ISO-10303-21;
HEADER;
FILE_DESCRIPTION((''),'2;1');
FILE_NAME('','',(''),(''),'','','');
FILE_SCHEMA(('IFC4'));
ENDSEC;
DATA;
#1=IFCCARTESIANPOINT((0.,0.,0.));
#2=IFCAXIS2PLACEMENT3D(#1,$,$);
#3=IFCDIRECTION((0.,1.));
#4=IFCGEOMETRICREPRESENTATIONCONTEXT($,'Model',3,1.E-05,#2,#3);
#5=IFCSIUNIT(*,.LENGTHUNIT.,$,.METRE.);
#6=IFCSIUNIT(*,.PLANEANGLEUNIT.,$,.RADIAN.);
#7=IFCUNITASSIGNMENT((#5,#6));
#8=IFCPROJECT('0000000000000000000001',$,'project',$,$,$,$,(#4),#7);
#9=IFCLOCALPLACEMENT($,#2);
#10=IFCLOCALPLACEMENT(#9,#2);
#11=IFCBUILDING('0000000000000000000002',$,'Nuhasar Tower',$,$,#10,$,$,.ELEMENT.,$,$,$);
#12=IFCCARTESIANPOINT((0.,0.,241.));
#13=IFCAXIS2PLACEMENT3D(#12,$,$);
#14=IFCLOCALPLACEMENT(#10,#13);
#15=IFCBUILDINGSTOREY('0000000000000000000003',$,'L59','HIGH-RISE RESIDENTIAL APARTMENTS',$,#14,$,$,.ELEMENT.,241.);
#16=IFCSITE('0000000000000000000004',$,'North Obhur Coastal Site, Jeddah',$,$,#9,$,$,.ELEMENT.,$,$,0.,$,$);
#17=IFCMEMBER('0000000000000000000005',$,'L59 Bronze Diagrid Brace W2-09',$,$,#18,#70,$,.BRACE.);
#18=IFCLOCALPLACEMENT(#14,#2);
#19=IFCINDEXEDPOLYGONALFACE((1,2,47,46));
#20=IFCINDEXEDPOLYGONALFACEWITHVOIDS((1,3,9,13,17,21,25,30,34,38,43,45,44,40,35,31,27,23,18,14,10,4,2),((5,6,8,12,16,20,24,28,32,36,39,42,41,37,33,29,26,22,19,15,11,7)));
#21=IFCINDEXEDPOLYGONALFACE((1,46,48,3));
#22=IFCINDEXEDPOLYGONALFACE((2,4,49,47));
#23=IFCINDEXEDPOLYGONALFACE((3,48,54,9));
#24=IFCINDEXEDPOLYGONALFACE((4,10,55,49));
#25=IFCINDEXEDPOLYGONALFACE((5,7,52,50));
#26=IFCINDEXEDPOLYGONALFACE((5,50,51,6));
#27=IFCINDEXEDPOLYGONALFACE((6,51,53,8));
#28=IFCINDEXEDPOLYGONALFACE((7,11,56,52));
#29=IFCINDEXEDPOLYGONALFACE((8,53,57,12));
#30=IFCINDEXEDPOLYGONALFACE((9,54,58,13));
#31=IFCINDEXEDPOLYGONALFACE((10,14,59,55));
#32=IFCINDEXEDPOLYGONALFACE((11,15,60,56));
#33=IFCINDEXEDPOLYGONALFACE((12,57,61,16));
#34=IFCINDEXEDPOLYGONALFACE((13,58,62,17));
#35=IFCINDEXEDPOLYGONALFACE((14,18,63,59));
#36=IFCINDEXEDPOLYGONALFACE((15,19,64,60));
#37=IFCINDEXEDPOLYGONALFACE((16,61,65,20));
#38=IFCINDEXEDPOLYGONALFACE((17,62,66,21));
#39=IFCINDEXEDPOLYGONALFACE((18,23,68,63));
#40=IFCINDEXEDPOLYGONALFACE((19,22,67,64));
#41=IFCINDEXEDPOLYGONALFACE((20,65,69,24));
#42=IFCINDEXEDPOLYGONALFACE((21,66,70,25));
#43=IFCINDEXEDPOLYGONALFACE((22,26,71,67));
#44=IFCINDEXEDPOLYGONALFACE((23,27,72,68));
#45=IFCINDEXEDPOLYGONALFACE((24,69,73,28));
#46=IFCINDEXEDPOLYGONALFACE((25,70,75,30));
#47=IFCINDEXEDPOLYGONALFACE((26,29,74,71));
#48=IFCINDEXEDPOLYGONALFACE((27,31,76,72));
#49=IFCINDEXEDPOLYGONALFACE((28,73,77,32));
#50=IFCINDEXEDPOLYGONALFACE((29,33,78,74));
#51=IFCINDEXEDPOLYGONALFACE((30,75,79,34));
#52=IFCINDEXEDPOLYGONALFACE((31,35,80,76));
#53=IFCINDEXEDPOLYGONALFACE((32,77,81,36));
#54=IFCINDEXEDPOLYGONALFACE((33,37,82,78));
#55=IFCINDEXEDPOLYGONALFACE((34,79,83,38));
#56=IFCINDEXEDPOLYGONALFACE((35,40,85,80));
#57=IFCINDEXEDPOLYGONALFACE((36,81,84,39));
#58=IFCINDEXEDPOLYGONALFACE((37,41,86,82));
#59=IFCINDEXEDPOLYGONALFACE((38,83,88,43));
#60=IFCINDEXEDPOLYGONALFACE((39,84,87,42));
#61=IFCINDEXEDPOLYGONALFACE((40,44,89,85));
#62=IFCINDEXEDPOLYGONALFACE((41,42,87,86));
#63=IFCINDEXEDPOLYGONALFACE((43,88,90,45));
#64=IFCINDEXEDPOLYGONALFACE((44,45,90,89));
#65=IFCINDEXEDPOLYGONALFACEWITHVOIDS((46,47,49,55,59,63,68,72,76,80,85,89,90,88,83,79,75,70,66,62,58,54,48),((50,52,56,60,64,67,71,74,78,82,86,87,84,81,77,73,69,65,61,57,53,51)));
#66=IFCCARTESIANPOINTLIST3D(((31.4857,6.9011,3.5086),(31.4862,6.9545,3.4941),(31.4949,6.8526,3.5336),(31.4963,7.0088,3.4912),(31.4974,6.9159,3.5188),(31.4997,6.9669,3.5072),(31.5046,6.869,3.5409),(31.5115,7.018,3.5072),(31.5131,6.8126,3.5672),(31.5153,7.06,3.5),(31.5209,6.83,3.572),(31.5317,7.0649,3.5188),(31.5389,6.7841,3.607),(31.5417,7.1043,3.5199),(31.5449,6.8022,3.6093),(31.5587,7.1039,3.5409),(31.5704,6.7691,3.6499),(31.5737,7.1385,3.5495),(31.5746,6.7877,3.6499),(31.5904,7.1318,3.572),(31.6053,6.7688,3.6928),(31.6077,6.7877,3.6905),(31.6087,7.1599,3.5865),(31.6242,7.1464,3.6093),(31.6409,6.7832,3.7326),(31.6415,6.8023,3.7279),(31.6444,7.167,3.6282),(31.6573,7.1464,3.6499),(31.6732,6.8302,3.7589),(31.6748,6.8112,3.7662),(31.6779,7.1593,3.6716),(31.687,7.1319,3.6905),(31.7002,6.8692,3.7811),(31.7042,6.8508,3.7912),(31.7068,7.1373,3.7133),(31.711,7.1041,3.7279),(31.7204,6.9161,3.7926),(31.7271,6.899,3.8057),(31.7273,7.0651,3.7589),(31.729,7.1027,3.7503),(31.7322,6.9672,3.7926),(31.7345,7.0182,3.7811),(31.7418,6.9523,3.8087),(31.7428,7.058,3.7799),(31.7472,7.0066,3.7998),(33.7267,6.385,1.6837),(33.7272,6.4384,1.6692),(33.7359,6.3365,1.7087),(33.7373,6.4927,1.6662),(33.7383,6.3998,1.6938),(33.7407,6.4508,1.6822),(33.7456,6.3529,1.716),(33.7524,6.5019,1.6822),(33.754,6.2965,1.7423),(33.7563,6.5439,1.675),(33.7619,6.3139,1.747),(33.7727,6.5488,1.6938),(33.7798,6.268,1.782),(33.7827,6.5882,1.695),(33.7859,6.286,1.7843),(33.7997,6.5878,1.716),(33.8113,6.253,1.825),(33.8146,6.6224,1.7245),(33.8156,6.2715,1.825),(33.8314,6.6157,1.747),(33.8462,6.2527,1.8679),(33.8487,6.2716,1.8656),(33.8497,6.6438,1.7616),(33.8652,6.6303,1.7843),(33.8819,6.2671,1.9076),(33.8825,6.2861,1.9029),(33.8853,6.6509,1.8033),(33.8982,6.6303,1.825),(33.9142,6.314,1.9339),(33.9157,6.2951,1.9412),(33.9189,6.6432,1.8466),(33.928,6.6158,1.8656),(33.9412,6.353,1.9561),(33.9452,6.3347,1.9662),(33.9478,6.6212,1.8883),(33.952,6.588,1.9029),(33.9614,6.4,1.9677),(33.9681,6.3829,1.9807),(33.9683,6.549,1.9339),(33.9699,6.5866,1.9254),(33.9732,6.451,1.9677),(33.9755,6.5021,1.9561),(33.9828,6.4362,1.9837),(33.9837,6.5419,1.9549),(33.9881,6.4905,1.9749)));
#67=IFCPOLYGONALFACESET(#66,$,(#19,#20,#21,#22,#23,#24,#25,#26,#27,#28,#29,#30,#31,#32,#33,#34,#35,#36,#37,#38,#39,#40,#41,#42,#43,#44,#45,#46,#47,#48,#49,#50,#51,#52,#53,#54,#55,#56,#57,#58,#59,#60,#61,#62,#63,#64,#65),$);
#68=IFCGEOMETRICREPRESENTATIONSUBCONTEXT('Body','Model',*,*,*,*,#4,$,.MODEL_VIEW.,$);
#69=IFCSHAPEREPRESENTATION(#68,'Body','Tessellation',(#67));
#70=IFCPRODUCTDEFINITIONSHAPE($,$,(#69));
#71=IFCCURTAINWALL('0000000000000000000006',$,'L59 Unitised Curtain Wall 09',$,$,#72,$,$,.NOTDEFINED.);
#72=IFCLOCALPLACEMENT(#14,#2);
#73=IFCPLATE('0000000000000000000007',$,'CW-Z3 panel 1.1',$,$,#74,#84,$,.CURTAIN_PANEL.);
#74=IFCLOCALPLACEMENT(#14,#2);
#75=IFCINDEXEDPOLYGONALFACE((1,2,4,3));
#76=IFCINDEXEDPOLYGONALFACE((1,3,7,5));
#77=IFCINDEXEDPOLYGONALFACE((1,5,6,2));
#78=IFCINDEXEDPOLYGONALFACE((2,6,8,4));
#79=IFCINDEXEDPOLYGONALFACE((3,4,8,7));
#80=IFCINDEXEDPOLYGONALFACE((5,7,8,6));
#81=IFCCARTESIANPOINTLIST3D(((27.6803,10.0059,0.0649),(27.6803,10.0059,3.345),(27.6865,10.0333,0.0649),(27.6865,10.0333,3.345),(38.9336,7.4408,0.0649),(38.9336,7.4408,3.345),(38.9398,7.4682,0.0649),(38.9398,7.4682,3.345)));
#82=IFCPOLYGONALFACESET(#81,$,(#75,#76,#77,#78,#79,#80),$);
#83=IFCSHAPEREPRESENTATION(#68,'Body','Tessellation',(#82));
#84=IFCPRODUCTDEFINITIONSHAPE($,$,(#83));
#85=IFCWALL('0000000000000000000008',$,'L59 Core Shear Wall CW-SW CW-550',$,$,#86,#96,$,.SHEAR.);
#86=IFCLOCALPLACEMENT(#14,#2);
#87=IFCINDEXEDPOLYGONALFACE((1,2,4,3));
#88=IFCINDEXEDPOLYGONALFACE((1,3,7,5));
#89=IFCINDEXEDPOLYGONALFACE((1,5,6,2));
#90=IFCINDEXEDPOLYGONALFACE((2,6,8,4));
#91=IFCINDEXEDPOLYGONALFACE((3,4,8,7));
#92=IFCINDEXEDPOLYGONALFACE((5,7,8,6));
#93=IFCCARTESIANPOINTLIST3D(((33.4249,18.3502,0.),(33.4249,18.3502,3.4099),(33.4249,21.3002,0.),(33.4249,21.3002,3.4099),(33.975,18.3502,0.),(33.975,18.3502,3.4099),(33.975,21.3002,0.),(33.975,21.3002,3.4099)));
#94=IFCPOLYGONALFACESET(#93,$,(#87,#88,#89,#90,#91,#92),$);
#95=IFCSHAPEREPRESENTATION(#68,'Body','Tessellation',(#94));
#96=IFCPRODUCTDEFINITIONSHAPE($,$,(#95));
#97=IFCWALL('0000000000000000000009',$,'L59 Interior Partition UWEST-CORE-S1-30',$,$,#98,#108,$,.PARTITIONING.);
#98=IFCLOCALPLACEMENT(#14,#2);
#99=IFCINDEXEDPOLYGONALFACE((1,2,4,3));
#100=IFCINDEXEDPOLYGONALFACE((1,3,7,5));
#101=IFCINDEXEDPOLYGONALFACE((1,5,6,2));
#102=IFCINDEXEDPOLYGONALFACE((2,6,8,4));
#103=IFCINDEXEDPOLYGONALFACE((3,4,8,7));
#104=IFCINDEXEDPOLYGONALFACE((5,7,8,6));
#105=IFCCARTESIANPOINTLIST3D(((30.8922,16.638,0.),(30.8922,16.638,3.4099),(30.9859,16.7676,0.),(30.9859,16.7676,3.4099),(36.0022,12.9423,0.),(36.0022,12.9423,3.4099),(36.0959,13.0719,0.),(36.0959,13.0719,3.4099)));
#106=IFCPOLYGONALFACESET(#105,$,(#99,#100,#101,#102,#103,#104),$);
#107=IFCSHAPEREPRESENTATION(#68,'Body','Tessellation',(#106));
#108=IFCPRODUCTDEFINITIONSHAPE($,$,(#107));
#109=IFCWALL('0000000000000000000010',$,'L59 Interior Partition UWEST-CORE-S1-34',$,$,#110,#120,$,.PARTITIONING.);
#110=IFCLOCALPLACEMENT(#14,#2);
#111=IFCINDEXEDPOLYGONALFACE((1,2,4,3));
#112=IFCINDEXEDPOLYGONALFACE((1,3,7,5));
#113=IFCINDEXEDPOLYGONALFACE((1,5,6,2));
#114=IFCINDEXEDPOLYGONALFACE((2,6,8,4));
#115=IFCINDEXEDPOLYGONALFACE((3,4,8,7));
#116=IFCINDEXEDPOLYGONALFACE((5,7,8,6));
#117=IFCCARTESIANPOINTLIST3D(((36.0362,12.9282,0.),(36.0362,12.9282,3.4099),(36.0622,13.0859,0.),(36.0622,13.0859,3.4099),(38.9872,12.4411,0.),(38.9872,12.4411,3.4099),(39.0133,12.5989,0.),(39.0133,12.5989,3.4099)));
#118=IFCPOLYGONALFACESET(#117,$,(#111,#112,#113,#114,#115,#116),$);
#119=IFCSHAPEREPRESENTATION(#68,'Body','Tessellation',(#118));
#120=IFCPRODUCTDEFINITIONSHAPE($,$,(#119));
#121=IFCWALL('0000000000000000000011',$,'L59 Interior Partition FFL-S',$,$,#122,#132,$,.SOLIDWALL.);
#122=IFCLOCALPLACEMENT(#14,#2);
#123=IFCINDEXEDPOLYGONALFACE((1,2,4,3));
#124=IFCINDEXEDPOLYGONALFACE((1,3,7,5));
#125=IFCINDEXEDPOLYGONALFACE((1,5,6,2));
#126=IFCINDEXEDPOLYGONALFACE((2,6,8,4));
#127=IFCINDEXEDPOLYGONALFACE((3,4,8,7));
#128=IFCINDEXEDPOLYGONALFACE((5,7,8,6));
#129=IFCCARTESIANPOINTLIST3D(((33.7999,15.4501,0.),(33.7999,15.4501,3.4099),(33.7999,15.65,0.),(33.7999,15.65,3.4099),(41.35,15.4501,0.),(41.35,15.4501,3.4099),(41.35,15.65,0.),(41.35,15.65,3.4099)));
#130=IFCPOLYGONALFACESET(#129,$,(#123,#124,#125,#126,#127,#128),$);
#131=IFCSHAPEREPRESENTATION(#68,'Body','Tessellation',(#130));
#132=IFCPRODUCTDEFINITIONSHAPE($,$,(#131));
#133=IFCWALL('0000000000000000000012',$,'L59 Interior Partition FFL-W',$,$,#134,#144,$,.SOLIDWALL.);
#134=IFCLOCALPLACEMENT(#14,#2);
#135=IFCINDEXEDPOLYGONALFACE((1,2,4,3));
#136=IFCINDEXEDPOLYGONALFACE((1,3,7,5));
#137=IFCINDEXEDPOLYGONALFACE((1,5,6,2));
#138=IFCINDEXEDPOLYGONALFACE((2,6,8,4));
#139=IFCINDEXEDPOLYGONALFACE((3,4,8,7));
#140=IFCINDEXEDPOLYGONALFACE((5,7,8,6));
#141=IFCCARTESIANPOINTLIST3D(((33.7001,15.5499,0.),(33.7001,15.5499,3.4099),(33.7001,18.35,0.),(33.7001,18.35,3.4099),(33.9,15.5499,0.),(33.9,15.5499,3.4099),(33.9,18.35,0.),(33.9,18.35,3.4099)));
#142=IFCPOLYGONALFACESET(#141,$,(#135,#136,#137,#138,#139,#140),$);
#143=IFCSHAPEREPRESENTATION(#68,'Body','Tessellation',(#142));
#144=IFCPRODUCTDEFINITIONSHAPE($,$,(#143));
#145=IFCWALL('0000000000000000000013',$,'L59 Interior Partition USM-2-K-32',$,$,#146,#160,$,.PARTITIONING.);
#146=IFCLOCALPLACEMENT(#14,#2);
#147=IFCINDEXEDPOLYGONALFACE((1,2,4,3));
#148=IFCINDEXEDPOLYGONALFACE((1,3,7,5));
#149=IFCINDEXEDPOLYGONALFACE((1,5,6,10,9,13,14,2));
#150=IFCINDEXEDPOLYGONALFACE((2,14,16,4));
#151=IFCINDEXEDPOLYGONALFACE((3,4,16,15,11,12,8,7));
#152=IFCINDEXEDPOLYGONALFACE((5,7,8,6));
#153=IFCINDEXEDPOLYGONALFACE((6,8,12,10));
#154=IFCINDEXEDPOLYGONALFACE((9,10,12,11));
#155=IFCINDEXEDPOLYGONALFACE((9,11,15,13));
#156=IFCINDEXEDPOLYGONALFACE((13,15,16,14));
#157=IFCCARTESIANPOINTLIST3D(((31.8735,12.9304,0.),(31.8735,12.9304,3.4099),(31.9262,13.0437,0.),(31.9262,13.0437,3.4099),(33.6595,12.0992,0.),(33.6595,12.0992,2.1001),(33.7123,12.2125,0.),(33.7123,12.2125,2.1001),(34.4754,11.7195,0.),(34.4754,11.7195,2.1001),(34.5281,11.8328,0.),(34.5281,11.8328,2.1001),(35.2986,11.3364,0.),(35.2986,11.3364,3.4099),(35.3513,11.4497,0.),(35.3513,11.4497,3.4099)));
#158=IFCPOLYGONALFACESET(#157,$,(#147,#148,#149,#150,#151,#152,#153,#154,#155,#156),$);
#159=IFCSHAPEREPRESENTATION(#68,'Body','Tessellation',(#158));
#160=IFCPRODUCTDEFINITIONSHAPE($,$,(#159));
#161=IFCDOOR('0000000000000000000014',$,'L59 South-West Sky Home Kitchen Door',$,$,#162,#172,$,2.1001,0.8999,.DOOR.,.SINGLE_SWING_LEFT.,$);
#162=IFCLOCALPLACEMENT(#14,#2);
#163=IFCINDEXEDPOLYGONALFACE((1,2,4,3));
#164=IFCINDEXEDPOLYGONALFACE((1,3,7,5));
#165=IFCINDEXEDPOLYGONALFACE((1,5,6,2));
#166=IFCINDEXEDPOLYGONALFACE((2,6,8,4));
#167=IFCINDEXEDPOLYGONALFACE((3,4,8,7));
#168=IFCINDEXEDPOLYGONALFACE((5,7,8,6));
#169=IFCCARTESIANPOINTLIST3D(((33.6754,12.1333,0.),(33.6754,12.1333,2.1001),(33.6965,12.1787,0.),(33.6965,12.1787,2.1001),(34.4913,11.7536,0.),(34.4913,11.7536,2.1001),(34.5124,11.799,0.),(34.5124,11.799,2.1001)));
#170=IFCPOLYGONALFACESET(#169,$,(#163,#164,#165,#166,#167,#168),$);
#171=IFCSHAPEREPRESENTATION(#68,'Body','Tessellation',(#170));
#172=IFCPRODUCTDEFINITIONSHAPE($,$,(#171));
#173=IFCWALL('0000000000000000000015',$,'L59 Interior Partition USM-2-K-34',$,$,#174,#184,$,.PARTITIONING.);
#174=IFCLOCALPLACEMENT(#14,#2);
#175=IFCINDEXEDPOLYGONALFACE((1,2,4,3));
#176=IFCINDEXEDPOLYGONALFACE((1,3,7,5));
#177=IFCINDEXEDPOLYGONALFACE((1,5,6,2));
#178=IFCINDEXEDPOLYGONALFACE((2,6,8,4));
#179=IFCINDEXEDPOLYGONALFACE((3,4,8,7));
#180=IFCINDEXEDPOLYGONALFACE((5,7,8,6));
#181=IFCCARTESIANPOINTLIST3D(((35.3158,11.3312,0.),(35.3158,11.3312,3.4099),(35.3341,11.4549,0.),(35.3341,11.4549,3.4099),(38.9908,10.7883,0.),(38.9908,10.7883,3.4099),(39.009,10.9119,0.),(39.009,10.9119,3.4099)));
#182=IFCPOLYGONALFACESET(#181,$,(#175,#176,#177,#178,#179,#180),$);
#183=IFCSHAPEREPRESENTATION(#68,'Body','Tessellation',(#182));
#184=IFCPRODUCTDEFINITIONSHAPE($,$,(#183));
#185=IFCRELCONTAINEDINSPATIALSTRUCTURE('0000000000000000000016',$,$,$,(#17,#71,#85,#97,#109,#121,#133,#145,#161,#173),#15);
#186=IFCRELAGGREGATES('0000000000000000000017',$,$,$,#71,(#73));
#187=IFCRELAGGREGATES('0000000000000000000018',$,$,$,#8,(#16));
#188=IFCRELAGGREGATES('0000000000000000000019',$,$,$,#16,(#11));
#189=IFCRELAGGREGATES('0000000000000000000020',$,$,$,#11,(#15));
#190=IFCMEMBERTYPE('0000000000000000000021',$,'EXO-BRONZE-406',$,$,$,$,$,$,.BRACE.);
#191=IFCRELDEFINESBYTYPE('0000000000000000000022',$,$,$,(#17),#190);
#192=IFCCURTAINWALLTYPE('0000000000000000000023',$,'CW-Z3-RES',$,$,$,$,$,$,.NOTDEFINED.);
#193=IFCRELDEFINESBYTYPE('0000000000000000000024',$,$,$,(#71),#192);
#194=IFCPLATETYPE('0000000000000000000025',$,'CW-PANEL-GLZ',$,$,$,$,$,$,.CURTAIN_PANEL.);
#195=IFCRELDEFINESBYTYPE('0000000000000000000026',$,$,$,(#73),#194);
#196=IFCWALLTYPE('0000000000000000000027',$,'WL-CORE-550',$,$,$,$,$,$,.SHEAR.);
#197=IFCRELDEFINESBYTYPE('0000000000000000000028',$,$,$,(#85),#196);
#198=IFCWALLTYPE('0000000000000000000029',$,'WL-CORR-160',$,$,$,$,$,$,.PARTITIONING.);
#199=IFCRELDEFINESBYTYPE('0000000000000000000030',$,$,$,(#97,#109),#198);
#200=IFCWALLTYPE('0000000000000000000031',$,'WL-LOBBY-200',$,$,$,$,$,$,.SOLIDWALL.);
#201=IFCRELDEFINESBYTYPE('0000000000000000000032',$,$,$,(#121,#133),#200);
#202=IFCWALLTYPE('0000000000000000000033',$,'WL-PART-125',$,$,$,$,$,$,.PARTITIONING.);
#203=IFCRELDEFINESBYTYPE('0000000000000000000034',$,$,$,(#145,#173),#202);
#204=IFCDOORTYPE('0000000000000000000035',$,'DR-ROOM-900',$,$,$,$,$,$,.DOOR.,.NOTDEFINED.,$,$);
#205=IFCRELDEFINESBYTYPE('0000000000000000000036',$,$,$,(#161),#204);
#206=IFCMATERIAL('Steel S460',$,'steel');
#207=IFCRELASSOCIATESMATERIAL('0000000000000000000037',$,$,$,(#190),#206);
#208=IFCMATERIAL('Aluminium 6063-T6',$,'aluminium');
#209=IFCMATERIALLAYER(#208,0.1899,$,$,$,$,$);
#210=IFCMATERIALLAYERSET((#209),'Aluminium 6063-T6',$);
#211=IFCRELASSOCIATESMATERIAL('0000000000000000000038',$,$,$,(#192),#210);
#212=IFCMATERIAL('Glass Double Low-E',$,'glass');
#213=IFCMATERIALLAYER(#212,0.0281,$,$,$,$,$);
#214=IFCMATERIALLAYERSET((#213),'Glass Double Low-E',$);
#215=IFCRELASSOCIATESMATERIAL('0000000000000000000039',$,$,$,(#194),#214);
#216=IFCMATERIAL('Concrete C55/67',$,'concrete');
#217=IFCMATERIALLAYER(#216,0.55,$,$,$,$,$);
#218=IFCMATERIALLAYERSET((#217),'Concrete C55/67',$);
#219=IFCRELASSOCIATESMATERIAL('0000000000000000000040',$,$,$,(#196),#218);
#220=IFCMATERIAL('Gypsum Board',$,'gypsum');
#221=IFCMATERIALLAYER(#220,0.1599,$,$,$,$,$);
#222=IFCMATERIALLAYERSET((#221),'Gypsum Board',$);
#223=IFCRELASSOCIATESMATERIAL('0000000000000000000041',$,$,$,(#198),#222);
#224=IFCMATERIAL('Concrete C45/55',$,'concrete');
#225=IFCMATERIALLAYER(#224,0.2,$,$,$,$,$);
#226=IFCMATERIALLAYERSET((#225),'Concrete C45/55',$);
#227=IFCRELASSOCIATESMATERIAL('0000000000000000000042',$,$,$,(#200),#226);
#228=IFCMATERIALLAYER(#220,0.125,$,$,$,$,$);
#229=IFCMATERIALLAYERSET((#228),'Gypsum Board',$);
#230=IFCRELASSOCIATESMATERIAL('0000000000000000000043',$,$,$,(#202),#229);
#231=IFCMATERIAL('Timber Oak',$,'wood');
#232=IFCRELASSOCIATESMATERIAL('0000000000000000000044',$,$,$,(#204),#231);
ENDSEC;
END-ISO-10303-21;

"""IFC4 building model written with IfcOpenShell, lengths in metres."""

from ifc_helpers import new_model, si_unit, direction, frame, frame_2d, origin, origin_2d, place, context, subcontext, project, spatial, rectangle, hollow_circle, extrude, material, layer, layer_set, material_profile, profile_set, type_object, element, fill, aggregate, save


model = new_model("IFC4")

# Units and contexts
model_context = context("Model", 3, precision=1e-05, world=origin(), true_north=direction((0.0, 1.0)))
body_context = subcontext(model_context, "Body", "Model", "MODEL_VIEW")
ifc_project = project(units=[si_unit("LENGTHUNIT", "METRE"), si_unit("PLANEANGLEUNIT", "RADIAN")], contexts=[model_context])

# Site, building, storey
site_placement = place(None, origin())
site = spatial("IfcSite", under=ifc_project, at=site_placement, Name="North Obhur Coastal Site, Jeddah", CompositionType="ELEMENT", RefElevation=0.0)
building_placement = place(site_placement, origin())
building = spatial("IfcBuilding", under=site, at=building_placement, Name="Nuhasar Tower", CompositionType="ELEMENT")
storey_placement = place(building_placement, frame((0.0, 0.0, 241.0)))
storey = spatial("IfcBuildingStorey", under=building, at=storey_placement, Name="L59", Description="HIGH-RISE RESIDENTIAL APARTMENTS", CompositionType="ELEMENT", Elevation=241.0)

# Shared definitions
ifc_material_1 = material(Name="Concrete C55/67", Category="concrete")

# Member
ifc_material_2 = material(Name="Steel S460", Category="steel")
ifc_material_profile_1 = material_profile(ifc_material_2, hollow_circle(Radius=0.2031, WallThickness=0.019, at=origin_2d()), Name="HSS406.4X19.1")
ifc_profile_set_1 = profile_set([ifc_material_profile_1], Name="Steel S460")
member_type = type_object("IfcMemberType", Name="EXO-BRONZE-406", PredefinedType="BRACE", material=ifc_profile_set_1)
for number, where, z_axis, x_axis, name in (
    (1, (33.8569, 6.4509, 1.825), (-0.763332, 0.175802, 0.621626), (-0.224433, -0.97449, 0.0), "L59 Bronze Diagrid Brace W2-09"),
):
    element("IfcMember", number, at=place(storey_placement, frame(where, z_axis=z_axis, x_axis=x_axis)), inside=storey, type_object=member_type, Name=name, PredefinedType="BRACE", context=body_context, shape_type="SweptSolid", body=[
        extrude(hollow_circle(Radius=0.2031, WallThickness=0.019, at=origin_2d()), origin(), (0.0, 0.0, 1.0), 2.9358),
    ])

# Curtain wall, plate
ifc_material_3 = material(Name="Aluminium 6063-T6", Category="aluminium")
ifc_layer_1 = layer(ifc_material_3, 0.1899)
ifc_layer_set_1 = layer_set([ifc_layer_1], Name="Aluminium 6063-T6")
curtain_wall_type = type_object("IfcCurtainWallType", Name="CW-Z3-RES", PredefinedType="NOTDEFINED", material=ifc_layer_set_1)
curtain_wall_placement = place(storey_placement, origin())
curtain_wall = element("IfcCurtainWall", 2, at=curtain_wall_placement, inside=storey, type_object=curtain_wall_type, Name="L59 Unitised Curtain Wall 09", PredefinedType="NOTDEFINED")
ifc_material_4 = material(Name="Glass Double Low-E", Category="glass")
ifc_layer_2 = layer(ifc_material_4, 0.0281)
ifc_layer_set_2 = layer_set([ifc_layer_2], Name="Glass Double Low-E")
plate_type = type_object("IfcPlateType", Name="CW-PANEL-GLZ", PredefinedType="CURTAIN_PANEL", material=ifc_layer_set_2)
plate_placement = place(storey_placement, frame((33.3101, 8.7371, 0.0649), z_axis=(0.0, 0.0, 1.0), x_axis=(0.974991, -0.222243, 0.0)))
plate = element("IfcPlate", 3, at=plate_placement, type_object=plate_type, Name="CW-Z3 panel 1.1", PredefinedType="CURTAIN_PANEL", context=body_context, shape_type="SweptSolid", body=[
    extrude(rectangle(XDim=11.542, YDim=0.0281, at=origin_2d()), origin(), (0.0, 0.0, 1.0), 3.28),
])
aggregate(curtain_wall, [plate])

# Walls
ifc_layer_3 = layer(ifc_material_1, 0.55)
ifc_layer_set_3 = layer_set([ifc_layer_3], Name="Concrete C55/67")
wall_type_1 = type_object("IfcWallType", Name="WL-CORE-550", PredefinedType="SHEAR", material=ifc_layer_set_3)
wall_1_placement = place(storey_placement, frame((33.7, 18.3501, 0.0), z_axis=(0.0, 0.0, 1.0), x_axis=(0.0, 1.0, 0.0)))
element("IfcWall", 4, at=wall_1_placement, inside=storey, type_object=wall_type_1, Name="L59 Core Shear Wall CW-SW CW-550", PredefinedType="SHEAR", context=body_context, shape_type="SweptSolid", body=[
    extrude(rectangle(XDim=2.95, YDim=0.55, at=frame_2d((1.4751, 0.0))), origin(), (0.0, 0.0, 1.0), 3.4099),
])
ifc_material_5 = material(Name="Gypsum Board", Category="gypsum")
ifc_layer_4 = layer(ifc_material_5, 0.1599)
ifc_layer_set_4 = layer_set([ifc_layer_4], Name="Gypsum Board")
wall_type_2 = type_object("IfcWallType", Name="WL-CORR-160", PredefinedType="PARTITIONING", material=ifc_layer_set_4)
wall_2_placement = place(storey_placement, frame((30.939, 16.7029, 0.0), z_axis=(0.0, 0.0, 1.0), x_axis=(0.81029, -0.586029, 0.0)))
element("IfcWall", 5, at=wall_2_placement, inside=storey, type_object=wall_type_2, Name="L59 Interior Partition UWEST-CORE-S1-30", PredefinedType="PARTITIONING", context=body_context, shape_type="SweptSolid", body=[
    extrude(rectangle(XDim=6.3064, YDim=0.1599, at=frame_2d((3.1533, 0.0))), origin(), (0.0, 0.0, 1.0), 3.4099),
])
wall_3_placement = place(storey_placement, frame((36.0491, 13.0071, 0.0), z_axis=(0.0, 0.0, 1.0), x_axis=(0.986651, -0.16285, 0.0)))
element("IfcWall", 6, at=wall_3_placement, inside=storey, type_object=wall_type_2, Name="L59 Interior Partition UWEST-CORE-S1-34", PredefinedType="PARTITIONING", context=body_context, shape_type="SweptSolid", body=[
    extrude(rectangle(XDim=2.991, YDim=0.1599, at=frame_2d((1.4956, 0.0))), origin(), (0.0, 0.0, 1.0), 3.4099),
])
ifc_material_6 = material(Name="Concrete C45/55", Category="concrete")
ifc_layer_5 = layer(ifc_material_6, 0.2)
ifc_layer_set_5 = layer_set([ifc_layer_5], Name="Concrete C45/55")
wall_type_3 = type_object("IfcWallType", Name="WL-LOBBY-200", PredefinedType="SOLIDWALL", material=ifc_layer_set_5)
wall_4_placement = place(storey_placement, frame((33.8, 15.55, 0.0), z_axis=(0.0, 0.0, 1.0), x_axis=(1.0, 0.0, 0.0)))
element("IfcWall", 7, at=wall_4_placement, inside=storey, type_object=wall_type_3, Name="L59 Interior Partition FFL-S", PredefinedType="SOLIDWALL", context=body_context, shape_type="SweptSolid", body=[
    extrude(rectangle(XDim=7.55, YDim=0.2, at=frame_2d((3.7749, 0.0))), origin(), (0.0, 0.0, 1.0), 3.4099),
])
wall_5_placement = place(storey_placement, frame((33.8, 15.55, 0.0), z_axis=(0.0, 0.0, 1.0), x_axis=(0.0, 1.0, 0.0)))
element("IfcWall", 8, at=wall_5_placement, inside=storey, type_object=wall_type_3, Name="L59 Interior Partition FFL-W", PredefinedType="SOLIDWALL", context=body_context, shape_type="SweptSolid", body=[
    extrude(rectangle(XDim=2.8, YDim=0.2, at=frame_2d((1.3999, 0.0))), origin(), (0.0, 0.0, 1.0), 3.4099),
])

# Wall, opening, door
ifc_layer_6 = layer(ifc_material_5, 0.125)
ifc_layer_set_6 = layer_set([ifc_layer_6], Name="Gypsum Board")
wall_type_4 = type_object("IfcWallType", Name="WL-PART-125", PredefinedType="PARTITIONING", material=ifc_layer_set_6)
wall_6_placement = place(storey_placement, frame((35.325, 11.3931, 0.0), z_axis=(0.0, 0.0, 1.0), x_axis=(-0.906625, 0.421937, 0.0)))
wall_6 = element("IfcWall", 9, at=wall_6_placement, inside=storey, type_object=wall_type_4, Name="L59 Interior Partition USM-2-K-32", PredefinedType="PARTITIONING", context=body_context, shape_type="SweptSolid", body=[
    extrude(rectangle(XDim=3.7778, YDim=0.125, at=frame_2d((1.8889, 0.0))), origin(), (0.0, 0.0, 1.0), 3.4099),
])
opening_1_placement = place(wall_6_placement, frame((0.908, 0.0, 0.0)))
opening_1 = element("IfcOpeningElement", 10, at=opening_1_placement, cuts=wall_6, PredefinedType="OPENING", context=body_context, shape_type="SweptSolid", body=[
    extrude(rectangle(XDim=0.8999, YDim=2.1001, at=frame_2d((0.45, 1.05))), frame((0.0, 0.0725, 0.0), z_axis=(0.0, -1.0, 0.0), x_axis=(1.0, 0.0, 0.0)), (0.0, 0.0, 1.0), 0.145),
])
ifc_material_7 = material(Name="Timber Oak", Category="wood")
door_type = type_object("IfcDoorType", Name="DR-ROOM-900", OperationType="NOTDEFINED", PredefinedType="DOOR", material=ifc_material_7)
door_1_placement = place(opening_1_placement, origin())
door_1 = element("IfcDoor", 11, at=door_1_placement, inside=storey, type_object=door_type, Name="L59 South-West Sky Home Kitchen Door", OperationType="SINGLE_SWING_LEFT", OverallHeight=2.1001, OverallWidth=0.8999, PredefinedType="DOOR", context=body_context, shape_type="SweptSolid", body=[
    extrude(rectangle(XDim=0.8999, YDim=2.1001, at=frame_2d((0.45, 1.05))), frame((0.0, 0.0249, 0.0), z_axis=(0.0, -1.0, 0.0), x_axis=(1.0, 0.0, 0.0)), (0.0, 0.0, 1.0), 0.05),
])
fill(opening_1, door_1)

# Wall
wall_7_placement = place(storey_placement, frame((35.325, 11.3931, 0.0), z_axis=(0.0, 0.0, 1.0), x_axis=(0.989261, -0.146158, 0.0)))
element("IfcWall", 12, at=wall_7_placement, inside=storey, type_object=wall_type_4, Name="L59 Interior Partition USM-2-K-34", PredefinedType="PARTITIONING", context=body_context, shape_type="SweptSolid", body=[
    extrude(rectangle(XDim=3.7148, YDim=0.125, at=frame_2d((1.8574, 0.0))), origin(), (0.0, 0.0, 1.0), 3.4099),
])

save(model, "model.ifc")
